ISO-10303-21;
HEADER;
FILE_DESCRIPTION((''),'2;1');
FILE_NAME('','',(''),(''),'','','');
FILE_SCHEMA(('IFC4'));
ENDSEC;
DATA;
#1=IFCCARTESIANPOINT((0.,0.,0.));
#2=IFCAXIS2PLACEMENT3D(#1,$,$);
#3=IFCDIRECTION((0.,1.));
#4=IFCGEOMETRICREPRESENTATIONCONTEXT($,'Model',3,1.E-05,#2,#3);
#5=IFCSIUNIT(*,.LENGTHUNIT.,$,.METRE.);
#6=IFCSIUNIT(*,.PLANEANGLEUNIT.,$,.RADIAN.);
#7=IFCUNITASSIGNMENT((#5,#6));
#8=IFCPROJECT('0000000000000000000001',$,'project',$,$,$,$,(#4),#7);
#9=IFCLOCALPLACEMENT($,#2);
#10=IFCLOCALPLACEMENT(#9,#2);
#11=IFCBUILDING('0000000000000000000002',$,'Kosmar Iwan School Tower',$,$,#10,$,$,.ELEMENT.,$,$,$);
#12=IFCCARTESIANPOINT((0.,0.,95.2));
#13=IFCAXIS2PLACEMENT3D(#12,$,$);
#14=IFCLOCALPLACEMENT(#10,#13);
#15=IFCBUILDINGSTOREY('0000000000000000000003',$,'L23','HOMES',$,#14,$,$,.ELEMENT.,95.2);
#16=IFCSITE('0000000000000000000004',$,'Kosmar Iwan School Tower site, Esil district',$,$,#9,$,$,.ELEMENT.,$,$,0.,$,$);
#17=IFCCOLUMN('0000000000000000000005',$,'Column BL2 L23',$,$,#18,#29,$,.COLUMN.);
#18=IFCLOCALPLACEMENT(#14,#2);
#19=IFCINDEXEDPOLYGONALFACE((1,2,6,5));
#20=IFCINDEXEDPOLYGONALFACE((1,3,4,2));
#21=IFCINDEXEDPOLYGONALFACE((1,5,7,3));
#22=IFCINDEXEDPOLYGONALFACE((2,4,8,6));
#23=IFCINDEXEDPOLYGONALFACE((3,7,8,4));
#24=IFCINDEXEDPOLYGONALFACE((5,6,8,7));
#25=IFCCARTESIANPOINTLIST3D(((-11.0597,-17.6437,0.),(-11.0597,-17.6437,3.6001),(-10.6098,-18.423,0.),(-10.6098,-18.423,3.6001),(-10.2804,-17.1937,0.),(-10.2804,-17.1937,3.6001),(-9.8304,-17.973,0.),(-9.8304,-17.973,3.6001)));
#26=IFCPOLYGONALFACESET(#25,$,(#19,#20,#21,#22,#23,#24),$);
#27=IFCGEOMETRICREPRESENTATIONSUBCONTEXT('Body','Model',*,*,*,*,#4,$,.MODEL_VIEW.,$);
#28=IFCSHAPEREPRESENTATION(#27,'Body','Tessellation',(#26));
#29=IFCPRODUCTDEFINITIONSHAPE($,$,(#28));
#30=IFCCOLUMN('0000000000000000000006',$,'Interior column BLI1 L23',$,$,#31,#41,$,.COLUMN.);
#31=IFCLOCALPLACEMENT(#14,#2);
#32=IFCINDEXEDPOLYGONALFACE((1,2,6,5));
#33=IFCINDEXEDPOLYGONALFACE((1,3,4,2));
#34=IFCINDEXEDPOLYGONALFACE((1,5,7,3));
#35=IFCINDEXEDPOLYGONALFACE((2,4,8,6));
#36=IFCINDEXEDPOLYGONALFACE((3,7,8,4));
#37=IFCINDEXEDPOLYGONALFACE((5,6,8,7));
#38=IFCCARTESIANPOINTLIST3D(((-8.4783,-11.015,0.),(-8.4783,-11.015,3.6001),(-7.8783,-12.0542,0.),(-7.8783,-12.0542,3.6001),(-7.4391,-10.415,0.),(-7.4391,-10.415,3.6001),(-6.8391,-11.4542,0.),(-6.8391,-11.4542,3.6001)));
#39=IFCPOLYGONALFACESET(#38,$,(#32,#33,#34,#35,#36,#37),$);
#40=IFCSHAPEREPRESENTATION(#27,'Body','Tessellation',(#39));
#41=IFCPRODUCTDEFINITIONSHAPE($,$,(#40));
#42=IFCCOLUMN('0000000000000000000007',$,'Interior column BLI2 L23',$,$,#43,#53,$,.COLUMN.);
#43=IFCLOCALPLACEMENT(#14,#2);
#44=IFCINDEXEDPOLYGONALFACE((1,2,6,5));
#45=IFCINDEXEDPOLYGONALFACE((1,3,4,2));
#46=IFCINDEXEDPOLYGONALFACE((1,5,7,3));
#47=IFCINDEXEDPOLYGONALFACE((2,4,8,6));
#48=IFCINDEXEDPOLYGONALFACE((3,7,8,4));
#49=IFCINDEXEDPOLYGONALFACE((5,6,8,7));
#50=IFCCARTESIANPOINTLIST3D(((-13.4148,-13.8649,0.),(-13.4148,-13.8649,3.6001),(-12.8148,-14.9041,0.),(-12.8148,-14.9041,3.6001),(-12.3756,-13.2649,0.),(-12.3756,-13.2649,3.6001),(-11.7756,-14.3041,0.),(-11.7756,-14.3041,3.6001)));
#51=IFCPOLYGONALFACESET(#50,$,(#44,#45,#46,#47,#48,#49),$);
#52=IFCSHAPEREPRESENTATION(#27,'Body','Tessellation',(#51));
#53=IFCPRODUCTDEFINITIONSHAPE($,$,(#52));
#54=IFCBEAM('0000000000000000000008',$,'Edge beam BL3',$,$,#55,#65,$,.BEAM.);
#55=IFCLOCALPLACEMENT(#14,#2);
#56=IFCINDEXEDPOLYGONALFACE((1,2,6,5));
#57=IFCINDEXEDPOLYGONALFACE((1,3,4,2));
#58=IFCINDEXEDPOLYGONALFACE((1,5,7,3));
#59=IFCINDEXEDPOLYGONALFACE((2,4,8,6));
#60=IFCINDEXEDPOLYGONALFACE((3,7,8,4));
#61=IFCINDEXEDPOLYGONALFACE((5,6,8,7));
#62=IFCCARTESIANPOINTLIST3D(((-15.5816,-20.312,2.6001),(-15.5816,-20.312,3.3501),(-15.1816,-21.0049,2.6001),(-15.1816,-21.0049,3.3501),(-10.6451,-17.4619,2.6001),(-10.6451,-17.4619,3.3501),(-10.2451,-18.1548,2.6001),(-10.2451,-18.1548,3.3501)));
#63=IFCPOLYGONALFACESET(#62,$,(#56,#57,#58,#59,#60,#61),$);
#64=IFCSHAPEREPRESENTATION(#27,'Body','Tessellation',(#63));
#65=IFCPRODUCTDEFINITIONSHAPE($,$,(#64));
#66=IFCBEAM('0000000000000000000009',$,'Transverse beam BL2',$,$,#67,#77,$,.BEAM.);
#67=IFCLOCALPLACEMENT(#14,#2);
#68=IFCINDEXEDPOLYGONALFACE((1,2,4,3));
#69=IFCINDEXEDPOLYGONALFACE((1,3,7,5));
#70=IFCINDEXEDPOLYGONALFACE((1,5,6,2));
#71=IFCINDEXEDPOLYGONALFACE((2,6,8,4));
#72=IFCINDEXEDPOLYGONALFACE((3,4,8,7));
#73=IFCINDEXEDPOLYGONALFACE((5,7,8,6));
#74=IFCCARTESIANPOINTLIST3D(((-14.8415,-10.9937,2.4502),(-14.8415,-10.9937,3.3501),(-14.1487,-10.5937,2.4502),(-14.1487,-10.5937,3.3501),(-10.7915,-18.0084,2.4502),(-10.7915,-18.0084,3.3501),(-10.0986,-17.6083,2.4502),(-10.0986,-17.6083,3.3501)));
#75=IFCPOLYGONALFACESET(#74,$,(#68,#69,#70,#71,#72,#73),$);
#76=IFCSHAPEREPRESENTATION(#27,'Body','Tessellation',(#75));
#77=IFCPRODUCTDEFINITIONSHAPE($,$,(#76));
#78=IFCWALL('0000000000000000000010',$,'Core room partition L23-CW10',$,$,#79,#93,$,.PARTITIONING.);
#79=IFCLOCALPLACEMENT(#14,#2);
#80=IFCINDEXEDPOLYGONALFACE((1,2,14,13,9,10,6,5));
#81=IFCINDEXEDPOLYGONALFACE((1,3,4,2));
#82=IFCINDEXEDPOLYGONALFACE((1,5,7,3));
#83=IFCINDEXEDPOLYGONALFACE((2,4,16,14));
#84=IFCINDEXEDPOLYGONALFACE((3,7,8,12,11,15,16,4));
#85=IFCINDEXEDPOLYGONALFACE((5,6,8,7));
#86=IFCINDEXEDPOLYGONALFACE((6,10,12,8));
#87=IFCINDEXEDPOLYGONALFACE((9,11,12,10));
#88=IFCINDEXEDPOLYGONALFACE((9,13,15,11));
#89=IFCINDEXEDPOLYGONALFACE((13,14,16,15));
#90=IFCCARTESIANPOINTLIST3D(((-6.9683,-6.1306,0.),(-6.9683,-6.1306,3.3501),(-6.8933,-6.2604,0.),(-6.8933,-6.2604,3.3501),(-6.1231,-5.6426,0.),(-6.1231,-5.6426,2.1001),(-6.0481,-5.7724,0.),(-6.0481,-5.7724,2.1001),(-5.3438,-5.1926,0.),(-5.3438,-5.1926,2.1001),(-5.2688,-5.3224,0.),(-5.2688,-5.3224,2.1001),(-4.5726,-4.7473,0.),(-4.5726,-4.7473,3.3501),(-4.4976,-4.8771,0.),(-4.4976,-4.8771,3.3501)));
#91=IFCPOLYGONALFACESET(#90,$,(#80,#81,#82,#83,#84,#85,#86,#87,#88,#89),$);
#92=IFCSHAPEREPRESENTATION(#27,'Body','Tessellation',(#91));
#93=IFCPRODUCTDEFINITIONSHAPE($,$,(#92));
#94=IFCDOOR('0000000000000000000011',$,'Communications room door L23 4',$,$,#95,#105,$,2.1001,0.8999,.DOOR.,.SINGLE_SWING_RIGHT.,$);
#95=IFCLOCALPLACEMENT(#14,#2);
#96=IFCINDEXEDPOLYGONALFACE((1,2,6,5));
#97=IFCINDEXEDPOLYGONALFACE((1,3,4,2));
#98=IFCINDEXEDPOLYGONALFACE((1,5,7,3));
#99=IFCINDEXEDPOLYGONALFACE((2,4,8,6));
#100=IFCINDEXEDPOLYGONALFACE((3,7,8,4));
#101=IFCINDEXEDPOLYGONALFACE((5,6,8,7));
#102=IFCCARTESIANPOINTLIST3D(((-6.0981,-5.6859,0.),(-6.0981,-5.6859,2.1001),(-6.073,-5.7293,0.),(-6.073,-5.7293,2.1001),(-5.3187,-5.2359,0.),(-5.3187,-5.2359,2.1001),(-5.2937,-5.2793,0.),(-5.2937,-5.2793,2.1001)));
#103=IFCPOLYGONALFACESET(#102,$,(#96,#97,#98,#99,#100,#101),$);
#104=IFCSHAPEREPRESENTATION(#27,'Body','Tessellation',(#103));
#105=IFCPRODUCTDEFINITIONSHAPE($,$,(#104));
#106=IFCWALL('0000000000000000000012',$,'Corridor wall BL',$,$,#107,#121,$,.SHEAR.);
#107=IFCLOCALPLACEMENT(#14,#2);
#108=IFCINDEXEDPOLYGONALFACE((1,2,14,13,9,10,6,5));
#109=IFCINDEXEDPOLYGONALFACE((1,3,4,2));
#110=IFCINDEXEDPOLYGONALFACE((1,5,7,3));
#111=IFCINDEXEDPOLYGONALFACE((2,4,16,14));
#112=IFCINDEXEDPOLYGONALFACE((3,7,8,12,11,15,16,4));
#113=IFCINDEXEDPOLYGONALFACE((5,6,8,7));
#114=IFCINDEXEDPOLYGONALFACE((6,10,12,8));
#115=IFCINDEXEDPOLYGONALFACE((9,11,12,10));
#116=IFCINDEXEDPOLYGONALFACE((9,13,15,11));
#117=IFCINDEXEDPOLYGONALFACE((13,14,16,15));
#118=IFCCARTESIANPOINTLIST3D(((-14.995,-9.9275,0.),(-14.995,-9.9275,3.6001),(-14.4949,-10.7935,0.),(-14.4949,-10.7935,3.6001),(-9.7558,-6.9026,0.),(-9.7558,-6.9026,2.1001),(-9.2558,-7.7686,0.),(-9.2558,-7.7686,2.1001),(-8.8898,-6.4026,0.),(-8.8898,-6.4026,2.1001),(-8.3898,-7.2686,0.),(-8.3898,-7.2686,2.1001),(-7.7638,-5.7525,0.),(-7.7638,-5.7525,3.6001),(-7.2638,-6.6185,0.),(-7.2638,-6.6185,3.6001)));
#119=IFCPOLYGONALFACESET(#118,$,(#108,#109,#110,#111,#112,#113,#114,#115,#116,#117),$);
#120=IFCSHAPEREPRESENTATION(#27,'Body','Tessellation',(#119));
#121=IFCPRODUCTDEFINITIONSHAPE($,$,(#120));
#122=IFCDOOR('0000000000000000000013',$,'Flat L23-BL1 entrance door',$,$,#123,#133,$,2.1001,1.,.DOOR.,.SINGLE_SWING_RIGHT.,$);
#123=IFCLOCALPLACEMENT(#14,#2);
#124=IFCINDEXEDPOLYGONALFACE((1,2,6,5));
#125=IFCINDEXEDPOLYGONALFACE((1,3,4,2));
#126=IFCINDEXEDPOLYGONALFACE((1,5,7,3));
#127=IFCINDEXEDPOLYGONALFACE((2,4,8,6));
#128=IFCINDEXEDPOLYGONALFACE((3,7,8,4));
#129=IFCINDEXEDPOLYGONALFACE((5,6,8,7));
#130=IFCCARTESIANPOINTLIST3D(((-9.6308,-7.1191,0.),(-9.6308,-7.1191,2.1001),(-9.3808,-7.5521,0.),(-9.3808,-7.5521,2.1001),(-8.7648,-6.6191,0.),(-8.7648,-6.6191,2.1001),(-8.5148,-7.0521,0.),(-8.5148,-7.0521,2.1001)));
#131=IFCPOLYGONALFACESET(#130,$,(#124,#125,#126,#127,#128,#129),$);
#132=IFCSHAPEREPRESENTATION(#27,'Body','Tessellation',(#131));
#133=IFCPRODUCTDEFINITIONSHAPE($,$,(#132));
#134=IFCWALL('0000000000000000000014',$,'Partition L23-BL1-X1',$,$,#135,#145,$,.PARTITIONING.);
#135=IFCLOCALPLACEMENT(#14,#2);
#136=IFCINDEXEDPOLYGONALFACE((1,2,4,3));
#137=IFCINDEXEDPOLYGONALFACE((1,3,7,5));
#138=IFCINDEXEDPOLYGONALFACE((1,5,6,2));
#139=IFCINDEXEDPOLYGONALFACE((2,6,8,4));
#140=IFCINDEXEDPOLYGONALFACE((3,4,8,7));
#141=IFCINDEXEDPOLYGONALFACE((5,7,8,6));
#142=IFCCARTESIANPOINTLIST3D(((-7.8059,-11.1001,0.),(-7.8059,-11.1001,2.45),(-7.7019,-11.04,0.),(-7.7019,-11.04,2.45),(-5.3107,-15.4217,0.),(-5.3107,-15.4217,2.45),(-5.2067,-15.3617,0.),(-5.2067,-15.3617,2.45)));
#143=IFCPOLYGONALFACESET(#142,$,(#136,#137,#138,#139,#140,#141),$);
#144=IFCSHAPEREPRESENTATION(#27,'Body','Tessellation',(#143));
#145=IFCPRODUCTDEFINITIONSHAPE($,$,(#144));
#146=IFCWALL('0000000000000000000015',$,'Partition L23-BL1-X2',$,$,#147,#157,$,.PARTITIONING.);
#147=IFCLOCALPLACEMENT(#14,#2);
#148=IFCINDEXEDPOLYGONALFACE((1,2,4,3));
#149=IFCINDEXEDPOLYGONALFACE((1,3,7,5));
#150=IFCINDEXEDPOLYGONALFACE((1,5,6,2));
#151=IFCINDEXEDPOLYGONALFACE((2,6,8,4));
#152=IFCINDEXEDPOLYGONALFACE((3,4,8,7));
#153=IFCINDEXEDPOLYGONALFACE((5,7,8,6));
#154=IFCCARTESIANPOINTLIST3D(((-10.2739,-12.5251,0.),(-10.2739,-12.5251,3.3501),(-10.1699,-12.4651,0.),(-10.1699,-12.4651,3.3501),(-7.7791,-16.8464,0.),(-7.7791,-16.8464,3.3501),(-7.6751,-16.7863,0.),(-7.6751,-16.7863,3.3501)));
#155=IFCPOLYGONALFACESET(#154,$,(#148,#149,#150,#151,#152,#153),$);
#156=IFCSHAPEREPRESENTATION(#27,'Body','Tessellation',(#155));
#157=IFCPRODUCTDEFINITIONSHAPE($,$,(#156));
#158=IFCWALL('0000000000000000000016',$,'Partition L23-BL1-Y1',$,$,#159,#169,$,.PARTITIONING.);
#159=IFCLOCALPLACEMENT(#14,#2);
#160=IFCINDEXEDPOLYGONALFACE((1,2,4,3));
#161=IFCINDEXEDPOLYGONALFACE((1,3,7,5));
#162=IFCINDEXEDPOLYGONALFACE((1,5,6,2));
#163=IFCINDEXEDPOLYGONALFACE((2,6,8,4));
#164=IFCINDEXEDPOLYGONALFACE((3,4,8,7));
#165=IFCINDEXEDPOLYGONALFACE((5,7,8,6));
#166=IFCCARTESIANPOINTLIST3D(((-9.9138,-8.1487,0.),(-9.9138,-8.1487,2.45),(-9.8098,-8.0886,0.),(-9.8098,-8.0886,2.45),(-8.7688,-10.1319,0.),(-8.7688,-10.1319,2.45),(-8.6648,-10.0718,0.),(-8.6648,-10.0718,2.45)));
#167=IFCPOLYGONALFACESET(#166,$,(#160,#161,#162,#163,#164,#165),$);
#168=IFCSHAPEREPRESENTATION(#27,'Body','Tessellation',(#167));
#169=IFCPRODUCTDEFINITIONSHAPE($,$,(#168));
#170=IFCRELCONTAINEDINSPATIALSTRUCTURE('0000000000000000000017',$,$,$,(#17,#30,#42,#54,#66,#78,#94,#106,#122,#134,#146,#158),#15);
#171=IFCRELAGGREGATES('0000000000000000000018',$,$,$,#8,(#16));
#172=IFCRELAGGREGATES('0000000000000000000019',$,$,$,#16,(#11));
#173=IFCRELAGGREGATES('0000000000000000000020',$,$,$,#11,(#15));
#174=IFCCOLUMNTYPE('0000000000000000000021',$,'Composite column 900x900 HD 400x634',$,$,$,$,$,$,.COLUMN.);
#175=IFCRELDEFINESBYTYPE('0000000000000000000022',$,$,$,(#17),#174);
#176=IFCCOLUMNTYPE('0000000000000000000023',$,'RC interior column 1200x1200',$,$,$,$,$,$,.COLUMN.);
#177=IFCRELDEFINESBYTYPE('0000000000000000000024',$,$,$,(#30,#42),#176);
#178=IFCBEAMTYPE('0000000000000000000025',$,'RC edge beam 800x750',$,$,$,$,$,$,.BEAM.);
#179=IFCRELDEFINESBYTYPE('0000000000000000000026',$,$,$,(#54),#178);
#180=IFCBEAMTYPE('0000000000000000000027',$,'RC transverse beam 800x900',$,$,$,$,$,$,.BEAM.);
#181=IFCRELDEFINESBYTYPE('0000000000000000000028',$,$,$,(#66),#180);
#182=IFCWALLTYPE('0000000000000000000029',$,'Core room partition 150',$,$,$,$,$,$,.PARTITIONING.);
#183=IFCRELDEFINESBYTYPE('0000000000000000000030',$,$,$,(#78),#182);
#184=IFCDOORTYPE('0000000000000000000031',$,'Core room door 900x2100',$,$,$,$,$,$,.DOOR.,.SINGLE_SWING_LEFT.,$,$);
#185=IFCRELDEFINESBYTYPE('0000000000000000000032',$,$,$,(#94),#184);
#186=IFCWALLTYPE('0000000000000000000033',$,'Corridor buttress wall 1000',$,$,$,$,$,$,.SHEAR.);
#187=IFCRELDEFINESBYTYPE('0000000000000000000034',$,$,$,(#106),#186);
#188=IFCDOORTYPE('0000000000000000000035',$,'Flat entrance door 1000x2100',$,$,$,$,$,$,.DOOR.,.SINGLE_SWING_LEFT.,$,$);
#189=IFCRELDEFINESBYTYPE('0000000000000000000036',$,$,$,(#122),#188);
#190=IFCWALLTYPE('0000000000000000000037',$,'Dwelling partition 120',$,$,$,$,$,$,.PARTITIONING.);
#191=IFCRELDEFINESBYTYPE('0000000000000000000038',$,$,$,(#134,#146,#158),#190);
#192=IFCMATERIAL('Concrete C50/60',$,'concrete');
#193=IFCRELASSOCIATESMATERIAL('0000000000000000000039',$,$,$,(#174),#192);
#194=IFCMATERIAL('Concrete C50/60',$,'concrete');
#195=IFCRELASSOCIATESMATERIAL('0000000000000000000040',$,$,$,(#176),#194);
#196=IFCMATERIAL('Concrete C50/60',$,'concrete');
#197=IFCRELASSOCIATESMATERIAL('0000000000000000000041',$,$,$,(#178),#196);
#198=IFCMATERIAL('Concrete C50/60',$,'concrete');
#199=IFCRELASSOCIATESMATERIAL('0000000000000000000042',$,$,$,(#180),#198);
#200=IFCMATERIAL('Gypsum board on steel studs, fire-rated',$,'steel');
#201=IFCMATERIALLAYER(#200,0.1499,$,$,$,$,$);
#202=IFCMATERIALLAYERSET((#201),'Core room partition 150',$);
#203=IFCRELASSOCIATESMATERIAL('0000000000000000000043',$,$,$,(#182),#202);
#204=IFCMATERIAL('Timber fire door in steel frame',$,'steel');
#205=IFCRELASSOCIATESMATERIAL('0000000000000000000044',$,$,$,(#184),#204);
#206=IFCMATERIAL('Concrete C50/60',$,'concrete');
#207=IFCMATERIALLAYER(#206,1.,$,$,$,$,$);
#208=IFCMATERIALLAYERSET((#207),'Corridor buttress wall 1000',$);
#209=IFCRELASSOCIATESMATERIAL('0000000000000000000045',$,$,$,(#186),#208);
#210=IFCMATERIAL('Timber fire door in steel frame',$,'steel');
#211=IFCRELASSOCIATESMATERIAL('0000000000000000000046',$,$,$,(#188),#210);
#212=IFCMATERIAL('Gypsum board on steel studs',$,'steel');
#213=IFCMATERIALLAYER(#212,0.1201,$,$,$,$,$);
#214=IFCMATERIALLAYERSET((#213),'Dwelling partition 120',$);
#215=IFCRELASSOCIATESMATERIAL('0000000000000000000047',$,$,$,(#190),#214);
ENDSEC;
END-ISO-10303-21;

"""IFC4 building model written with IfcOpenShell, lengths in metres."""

from ifc_helpers import new_model, si_unit, direction, frame, frame_2d, origin, origin_2d, place, context, subcontext, project, spatial, rectangle, extrude, material, layer, layer_set, material_profile, profile_set, type_object, element, fill, save


model = new_model("IFC4")

# Units and contexts
model_context = context("Model", 3, precision=1e-05, world=origin(), true_north=direction((0.0, 1.0)))
body_context = subcontext(model_context, "Body", "Model", "MODEL_VIEW")
ifc_project = project(units=[si_unit("LENGTHUNIT", "METRE"), si_unit("PLANEANGLEUNIT", "RADIAN")], contexts=[model_context])

# Site, building, storey
site_placement = place(None, origin())
site = spatial("IfcSite", under=ifc_project, at=site_placement, Name="Kosmar Iwan School Tower site, Esil district", CompositionType="ELEMENT", RefElevation=0.0)
building_placement = place(site_placement, origin())
building = spatial("IfcBuilding", under=site, at=building_placement, Name="Kosmar Iwan School Tower", CompositionType="ELEMENT")
storey_placement = place(building_placement, frame((0.0, 0.0, 95.2)))
storey = spatial("IfcBuildingStorey", under=building, at=storey_placement, Name="L23", Description="HOMES", CompositionType="ELEMENT", Elevation=95.2)

# Columns
ifc_material_1 = material(Name="Concrete C50/60", Category="concrete")
ifc_material_profile_1 = material_profile(ifc_material_1, rectangle(XDim=0.8999, YDim=0.8999, at=origin_2d()), Name="RC 900x900 + HD 400x634")
ifc_profile_set_1 = profile_set([ifc_material_profile_1], Name="Concrete C50/60")
column_type_1 = type_object("IfcColumnType", Name="Composite column 900x900 HD 400x634", PredefinedType="COLUMN", material=ifc_profile_set_1)
column_placement = place(storey_placement, frame((-10.4451, -17.8083, 0.0), z_axis=(0.0, 0.0, 1.0), x_axis=(-0.866025, -0.5, 0.0)))
element("IfcColumn", 1, at=column_placement, inside=storey, type_object=column_type_1, Name="Column BL2 L23", PredefinedType="COLUMN", context=body_context, shape_type="SweptSolid", body=[
    extrude(rectangle(XDim=0.8999, YDim=0.8999, at=origin_2d()), origin(), (0.0, 0.0, 1.0), 3.6001),
])
ifc_material_2 = material(Name="Concrete C50/60", Category="concrete")
ifc_material_profile_2 = material_profile(ifc_material_2, rectangle(XDim=1.2, YDim=1.2, at=origin_2d()), Name="RC 1200x1200")
ifc_profile_set_2 = profile_set([ifc_material_profile_2], Name="Concrete C50/60")
column_type_2 = type_object("IfcColumnType", Name="RC interior column 1200x1200", PredefinedType="COLUMN", material=ifc_profile_set_2)
for number, where, z_axis, x_axis, name in (
    (2, (-7.6587, -11.2346, 0.0), (0.0, 0.0, 1.0), (-0.866025, -0.5, 0.0), "Interior column BLI1 L23"),
    (3, (-12.5952, -14.0845, 0.0), (0.0, 0.0, 1.0), (-0.866025, -0.5, 0.0), "Interior column BLI2 L23"),
):
    element("IfcColumn", number, at=place(storey_placement, frame(where, z_axis=z_axis, x_axis=x_axis)), inside=storey, type_object=column_type_2, Name=name, PredefinedType="COLUMN", context=body_context, shape_type="SweptSolid", body=[
        extrude(rectangle(XDim=1.2, YDim=1.2, at=origin_2d()), origin(), (0.0, 0.0, 1.0), 3.6001),
    ])

# Beams
ifc_material_3 = material(Name="Concrete C50/60", Category="concrete")
ifc_material_profile_3 = material_profile(ifc_material_3, rectangle(XDim=0.8, YDim=0.75, at=origin_2d()), Name="RC 800x750")
ifc_profile_set_3 = profile_set([ifc_material_profile_3], Name="Concrete C50/60")
beam_type_1 = type_object("IfcBeamType", Name="RC edge beam 800x750", PredefinedType="BEAM", material=ifc_profile_set_3)
beam_1_placement = place(storey_placement, frame((-10.4451, -17.8083, 2.9751), z_axis=(-0.866026, -0.499999, 0.0), x_axis=(0.499999, -0.866026, 0.0)))
element("IfcBeam", 4, at=beam_1_placement, inside=storey, type_object=beam_type_1, Name="Edge beam BL3", PredefinedType="BEAM", context=body_context, shape_type="SweptSolid", body=[
    extrude(rectangle(XDim=0.8, YDim=0.75, at=origin_2d()), origin(), (0.0, 0.0, 1.0), 5.7002),
])
ifc_material_4 = material(Name="Concrete C50/60", Category="concrete")
ifc_material_profile_4 = material_profile(ifc_material_4, rectangle(XDim=0.8, YDim=0.8999, at=origin_2d()), Name="RC 800x900")
ifc_profile_set_4 = profile_set([ifc_material_profile_4], Name="Concrete C50/60")
beam_type_2 = type_object("IfcBeamType", Name="RC transverse beam 800x900", PredefinedType="BEAM", material=ifc_profile_set_4)
beam_2_placement = place(storey_placement, frame((-10.4451, -17.8083, 2.9001), z_axis=(-0.500013, 0.866018, 0.0), x_axis=(-0.866018, -0.500013, 0.0)))
element("IfcBeam", 5, at=beam_2_placement, inside=storey, type_object=beam_type_2, Name="Transverse beam BL2", PredefinedType="BEAM", context=body_context, shape_type="SweptSolid", body=[
    extrude(rectangle(XDim=0.8, YDim=0.8999, at=origin_2d()), origin(), (0.0, 0.0, 1.0), 8.0999),
])

# Walls, openings, doors
ifc_material_5 = material(Name="Gypsum board on steel studs, fire-rated", Category="steel")
ifc_layer_1 = layer(ifc_material_5, 0.1499)
ifc_layer_set_1 = layer_set([ifc_layer_1], Name="Core room partition 150")
wall_type_1 = type_object("IfcWallType", Name="Core room partition 150", PredefinedType="PARTITIONING", material=ifc_layer_set_1)
wall_1_placement = place(storey_placement, frame((-6.9309, -6.1956, 0.0), z_axis=(0.0, 0.0, 1.0), x_axis=(0.866008, 0.500031, 0.0)))
wall_1 = element("IfcWall", 6, at=wall_1_placement, inside=storey, type_object=wall_type_1, Name="Core room partition L23-CW10", PredefinedType="PARTITIONING", context=body_context, shape_type="SweptSolid", body=[
    extrude(rectangle(XDim=2.7664, YDim=0.1499, at=frame_2d((1.3833, 0.0))), origin(), (0.0, 0.0, 1.0), 3.3501),
])
opening_1_placement = place(wall_1_placement, frame((0.9761, 0.0, 0.0)))
opening_1 = element("IfcOpeningElement", 7, at=opening_1_placement, cuts=wall_1, PredefinedType="OPENING", context=body_context, shape_type="SweptSolid", body=[
    extrude(rectangle(XDim=0.8999, YDim=2.1001, at=frame_2d((0.45, 1.05))), frame((0.0, 0.0869, 0.0), z_axis=(0.0, -1.0, 0.0), x_axis=(1.0, 0.0, 0.0)), (0.0, 0.0, 1.0), 0.1738),
])
ifc_material_6 = material(Name="Timber fire door in steel frame", Category="steel")
door_type_1 = type_object("IfcDoorType", Name="Core room door 900x2100", OperationType="SINGLE_SWING_LEFT", PredefinedType="DOOR", material=ifc_material_6)
door_1_placement = place(opening_1_placement, origin())
door_1 = element("IfcDoor", 8, at=door_1_placement, inside=storey, type_object=door_type_1, Name="Communications room door L23 4", OperationType="SINGLE_SWING_RIGHT", OverallHeight=2.1001, OverallWidth=0.8999, PredefinedType="DOOR", context=body_context, shape_type="SweptSolid", body=[
    extrude(rectangle(XDim=0.8999, YDim=2.1001, at=frame_2d((0.45, 1.05))), frame((0.0, 0.0249, 0.0), z_axis=(0.0, -1.0, 0.0), x_axis=(1.0, 0.0, 0.0)), (0.0, 0.0, 1.0), 0.05),
])
fill(opening_1, door_1)
ifc_material_7 = material(Name="Concrete C50/60", Category="concrete")
ifc_layer_2 = layer(ifc_material_7, 1.0)
ifc_layer_set_2 = layer_set([ifc_layer_2], Name="Corridor buttress wall 1000")
wall_type_2 = type_object("IfcWallType", Name="Corridor buttress wall 1000", PredefinedType="SHEAR", material=ifc_layer_set_2)
wall_2_placement = place(storey_placement, frame((-7.5139, -6.1855, 0.0), z_axis=(0.0, 0.0, 1.0), x_axis=(-0.86602, -0.50001, 0.0)))
wall_2 = element("IfcWall", 9, at=wall_2_placement, inside=storey, type_object=wall_type_2, Name="Corridor wall BL", PredefinedType="SHEAR", context=body_context, shape_type="SweptSolid", body=[
    extrude(rectangle(XDim=8.3499, YDim=1.0, at=frame_2d((4.1748, 0.0))), origin(), (0.0, 0.0, 1.0), 3.6001),
])
opening_2_placement = place(wall_2_placement, frame((1.3, 0.0, 0.0)))
opening_2 = element("IfcOpeningElement", 10, at=opening_2_placement, cuts=wall_2, PredefinedType="OPENING", context=body_context, shape_type="SweptSolid", body=[
    extrude(rectangle(XDim=1.0, YDim=2.1001, at=frame_2d((0.5, 1.05))), frame((0.0, 0.512, 0.0), z_axis=(0.0, -1.0, 0.0), x_axis=(1.0, 0.0, 0.0)), (0.0, 0.0, 1.0), 1.0239),
])
ifc_material_8 = material(Name="Timber fire door in steel frame", Category="steel")
door_type_2 = type_object("IfcDoorType", Name="Flat entrance door 1000x2100", OperationType="SINGLE_SWING_LEFT", PredefinedType="DOOR", material=ifc_material_8)
door_2_placement = place(opening_2_placement, origin())
door_2 = element("IfcDoor", 11, at=door_2_placement, inside=storey, type_object=door_type_2, Name="Flat L23-BL1 entrance door", OperationType="SINGLE_SWING_RIGHT", OverallHeight=2.1001, OverallWidth=1.0, PredefinedType="DOOR", context=body_context, shape_type="SweptSolid", body=[
    extrude(rectangle(XDim=1.0, YDim=2.1001, at=frame_2d((0.5, 1.05))), frame((0.0, 0.25, 0.0), z_axis=(0.0, -1.0, 0.0), x_axis=(1.0, 0.0, 0.0)), (0.0, 0.0, 1.0), 0.5),
])
fill(opening_2, door_2)

# Walls
ifc_material_9 = material(Name="Gypsum board on steel studs", Category="steel")
ifc_layer_3 = layer(ifc_material_9, 0.1201)
ifc_layer_set_3 = layer_set([ifc_layer_3], Name="Dwelling partition 120")
wall_type_3 = type_object("IfcWallType", Name="Dwelling partition 120", PredefinedType="PARTITIONING", material=ifc_layer_set_3)
wall_3_placement = place(storey_placement, frame((-7.7539, -11.0701, 0.0), z_axis=(0.0, 0.0, 1.0), x_axis=(0.500012, -0.866019, 0.0)))
element("IfcWall", 12, at=wall_3_placement, inside=storey, type_object=wall_type_3, Name="Partition L23-BL1-X1", PredefinedType="PARTITIONING", context=body_context, shape_type="SweptSolid", body=[
    extrude(rectangle(XDim=4.9902, YDim=0.1201, at=frame_2d((2.4951, 0.0))), origin(), (0.0, 0.0, 1.0), 2.45),
])
wall_4_placement = place(storey_placement, frame((-10.2219, -12.4951, 0.0), z_axis=(0.0, 0.0, 1.0), x_axis=(0.499996, -0.866028, 0.0)))
element("IfcWall", 13, at=wall_4_placement, inside=storey, type_object=wall_type_3, Name="Partition L23-BL1-X2", PredefinedType="PARTITIONING", context=body_context, shape_type="SweptSolid", body=[
    extrude(rectangle(XDim=4.9897, YDim=0.1201, at=frame_2d((2.4949, 0.0))), origin(), (0.0, 0.0, 1.0), 3.3501),
])
wall_5_placement = place(storey_placement, frame((-9.8618, -8.1187, 0.0), z_axis=(0.0, 0.0, 1.0), x_axis=(0.500015, -0.866017, 0.0)))
element("IfcWall", 14, at=wall_5_placement, inside=storey, type_object=wall_type_3, Name="Partition L23-BL1-Y1", PredefinedType="PARTITIONING", context=body_context, shape_type="SweptSolid", body=[
    extrude(rectangle(XDim=2.29, YDim=0.1201, at=frame_2d((1.145, 0.0))), origin(), (0.0, 0.0, 1.0), 2.45),
])

save(model, "model.ifc")
